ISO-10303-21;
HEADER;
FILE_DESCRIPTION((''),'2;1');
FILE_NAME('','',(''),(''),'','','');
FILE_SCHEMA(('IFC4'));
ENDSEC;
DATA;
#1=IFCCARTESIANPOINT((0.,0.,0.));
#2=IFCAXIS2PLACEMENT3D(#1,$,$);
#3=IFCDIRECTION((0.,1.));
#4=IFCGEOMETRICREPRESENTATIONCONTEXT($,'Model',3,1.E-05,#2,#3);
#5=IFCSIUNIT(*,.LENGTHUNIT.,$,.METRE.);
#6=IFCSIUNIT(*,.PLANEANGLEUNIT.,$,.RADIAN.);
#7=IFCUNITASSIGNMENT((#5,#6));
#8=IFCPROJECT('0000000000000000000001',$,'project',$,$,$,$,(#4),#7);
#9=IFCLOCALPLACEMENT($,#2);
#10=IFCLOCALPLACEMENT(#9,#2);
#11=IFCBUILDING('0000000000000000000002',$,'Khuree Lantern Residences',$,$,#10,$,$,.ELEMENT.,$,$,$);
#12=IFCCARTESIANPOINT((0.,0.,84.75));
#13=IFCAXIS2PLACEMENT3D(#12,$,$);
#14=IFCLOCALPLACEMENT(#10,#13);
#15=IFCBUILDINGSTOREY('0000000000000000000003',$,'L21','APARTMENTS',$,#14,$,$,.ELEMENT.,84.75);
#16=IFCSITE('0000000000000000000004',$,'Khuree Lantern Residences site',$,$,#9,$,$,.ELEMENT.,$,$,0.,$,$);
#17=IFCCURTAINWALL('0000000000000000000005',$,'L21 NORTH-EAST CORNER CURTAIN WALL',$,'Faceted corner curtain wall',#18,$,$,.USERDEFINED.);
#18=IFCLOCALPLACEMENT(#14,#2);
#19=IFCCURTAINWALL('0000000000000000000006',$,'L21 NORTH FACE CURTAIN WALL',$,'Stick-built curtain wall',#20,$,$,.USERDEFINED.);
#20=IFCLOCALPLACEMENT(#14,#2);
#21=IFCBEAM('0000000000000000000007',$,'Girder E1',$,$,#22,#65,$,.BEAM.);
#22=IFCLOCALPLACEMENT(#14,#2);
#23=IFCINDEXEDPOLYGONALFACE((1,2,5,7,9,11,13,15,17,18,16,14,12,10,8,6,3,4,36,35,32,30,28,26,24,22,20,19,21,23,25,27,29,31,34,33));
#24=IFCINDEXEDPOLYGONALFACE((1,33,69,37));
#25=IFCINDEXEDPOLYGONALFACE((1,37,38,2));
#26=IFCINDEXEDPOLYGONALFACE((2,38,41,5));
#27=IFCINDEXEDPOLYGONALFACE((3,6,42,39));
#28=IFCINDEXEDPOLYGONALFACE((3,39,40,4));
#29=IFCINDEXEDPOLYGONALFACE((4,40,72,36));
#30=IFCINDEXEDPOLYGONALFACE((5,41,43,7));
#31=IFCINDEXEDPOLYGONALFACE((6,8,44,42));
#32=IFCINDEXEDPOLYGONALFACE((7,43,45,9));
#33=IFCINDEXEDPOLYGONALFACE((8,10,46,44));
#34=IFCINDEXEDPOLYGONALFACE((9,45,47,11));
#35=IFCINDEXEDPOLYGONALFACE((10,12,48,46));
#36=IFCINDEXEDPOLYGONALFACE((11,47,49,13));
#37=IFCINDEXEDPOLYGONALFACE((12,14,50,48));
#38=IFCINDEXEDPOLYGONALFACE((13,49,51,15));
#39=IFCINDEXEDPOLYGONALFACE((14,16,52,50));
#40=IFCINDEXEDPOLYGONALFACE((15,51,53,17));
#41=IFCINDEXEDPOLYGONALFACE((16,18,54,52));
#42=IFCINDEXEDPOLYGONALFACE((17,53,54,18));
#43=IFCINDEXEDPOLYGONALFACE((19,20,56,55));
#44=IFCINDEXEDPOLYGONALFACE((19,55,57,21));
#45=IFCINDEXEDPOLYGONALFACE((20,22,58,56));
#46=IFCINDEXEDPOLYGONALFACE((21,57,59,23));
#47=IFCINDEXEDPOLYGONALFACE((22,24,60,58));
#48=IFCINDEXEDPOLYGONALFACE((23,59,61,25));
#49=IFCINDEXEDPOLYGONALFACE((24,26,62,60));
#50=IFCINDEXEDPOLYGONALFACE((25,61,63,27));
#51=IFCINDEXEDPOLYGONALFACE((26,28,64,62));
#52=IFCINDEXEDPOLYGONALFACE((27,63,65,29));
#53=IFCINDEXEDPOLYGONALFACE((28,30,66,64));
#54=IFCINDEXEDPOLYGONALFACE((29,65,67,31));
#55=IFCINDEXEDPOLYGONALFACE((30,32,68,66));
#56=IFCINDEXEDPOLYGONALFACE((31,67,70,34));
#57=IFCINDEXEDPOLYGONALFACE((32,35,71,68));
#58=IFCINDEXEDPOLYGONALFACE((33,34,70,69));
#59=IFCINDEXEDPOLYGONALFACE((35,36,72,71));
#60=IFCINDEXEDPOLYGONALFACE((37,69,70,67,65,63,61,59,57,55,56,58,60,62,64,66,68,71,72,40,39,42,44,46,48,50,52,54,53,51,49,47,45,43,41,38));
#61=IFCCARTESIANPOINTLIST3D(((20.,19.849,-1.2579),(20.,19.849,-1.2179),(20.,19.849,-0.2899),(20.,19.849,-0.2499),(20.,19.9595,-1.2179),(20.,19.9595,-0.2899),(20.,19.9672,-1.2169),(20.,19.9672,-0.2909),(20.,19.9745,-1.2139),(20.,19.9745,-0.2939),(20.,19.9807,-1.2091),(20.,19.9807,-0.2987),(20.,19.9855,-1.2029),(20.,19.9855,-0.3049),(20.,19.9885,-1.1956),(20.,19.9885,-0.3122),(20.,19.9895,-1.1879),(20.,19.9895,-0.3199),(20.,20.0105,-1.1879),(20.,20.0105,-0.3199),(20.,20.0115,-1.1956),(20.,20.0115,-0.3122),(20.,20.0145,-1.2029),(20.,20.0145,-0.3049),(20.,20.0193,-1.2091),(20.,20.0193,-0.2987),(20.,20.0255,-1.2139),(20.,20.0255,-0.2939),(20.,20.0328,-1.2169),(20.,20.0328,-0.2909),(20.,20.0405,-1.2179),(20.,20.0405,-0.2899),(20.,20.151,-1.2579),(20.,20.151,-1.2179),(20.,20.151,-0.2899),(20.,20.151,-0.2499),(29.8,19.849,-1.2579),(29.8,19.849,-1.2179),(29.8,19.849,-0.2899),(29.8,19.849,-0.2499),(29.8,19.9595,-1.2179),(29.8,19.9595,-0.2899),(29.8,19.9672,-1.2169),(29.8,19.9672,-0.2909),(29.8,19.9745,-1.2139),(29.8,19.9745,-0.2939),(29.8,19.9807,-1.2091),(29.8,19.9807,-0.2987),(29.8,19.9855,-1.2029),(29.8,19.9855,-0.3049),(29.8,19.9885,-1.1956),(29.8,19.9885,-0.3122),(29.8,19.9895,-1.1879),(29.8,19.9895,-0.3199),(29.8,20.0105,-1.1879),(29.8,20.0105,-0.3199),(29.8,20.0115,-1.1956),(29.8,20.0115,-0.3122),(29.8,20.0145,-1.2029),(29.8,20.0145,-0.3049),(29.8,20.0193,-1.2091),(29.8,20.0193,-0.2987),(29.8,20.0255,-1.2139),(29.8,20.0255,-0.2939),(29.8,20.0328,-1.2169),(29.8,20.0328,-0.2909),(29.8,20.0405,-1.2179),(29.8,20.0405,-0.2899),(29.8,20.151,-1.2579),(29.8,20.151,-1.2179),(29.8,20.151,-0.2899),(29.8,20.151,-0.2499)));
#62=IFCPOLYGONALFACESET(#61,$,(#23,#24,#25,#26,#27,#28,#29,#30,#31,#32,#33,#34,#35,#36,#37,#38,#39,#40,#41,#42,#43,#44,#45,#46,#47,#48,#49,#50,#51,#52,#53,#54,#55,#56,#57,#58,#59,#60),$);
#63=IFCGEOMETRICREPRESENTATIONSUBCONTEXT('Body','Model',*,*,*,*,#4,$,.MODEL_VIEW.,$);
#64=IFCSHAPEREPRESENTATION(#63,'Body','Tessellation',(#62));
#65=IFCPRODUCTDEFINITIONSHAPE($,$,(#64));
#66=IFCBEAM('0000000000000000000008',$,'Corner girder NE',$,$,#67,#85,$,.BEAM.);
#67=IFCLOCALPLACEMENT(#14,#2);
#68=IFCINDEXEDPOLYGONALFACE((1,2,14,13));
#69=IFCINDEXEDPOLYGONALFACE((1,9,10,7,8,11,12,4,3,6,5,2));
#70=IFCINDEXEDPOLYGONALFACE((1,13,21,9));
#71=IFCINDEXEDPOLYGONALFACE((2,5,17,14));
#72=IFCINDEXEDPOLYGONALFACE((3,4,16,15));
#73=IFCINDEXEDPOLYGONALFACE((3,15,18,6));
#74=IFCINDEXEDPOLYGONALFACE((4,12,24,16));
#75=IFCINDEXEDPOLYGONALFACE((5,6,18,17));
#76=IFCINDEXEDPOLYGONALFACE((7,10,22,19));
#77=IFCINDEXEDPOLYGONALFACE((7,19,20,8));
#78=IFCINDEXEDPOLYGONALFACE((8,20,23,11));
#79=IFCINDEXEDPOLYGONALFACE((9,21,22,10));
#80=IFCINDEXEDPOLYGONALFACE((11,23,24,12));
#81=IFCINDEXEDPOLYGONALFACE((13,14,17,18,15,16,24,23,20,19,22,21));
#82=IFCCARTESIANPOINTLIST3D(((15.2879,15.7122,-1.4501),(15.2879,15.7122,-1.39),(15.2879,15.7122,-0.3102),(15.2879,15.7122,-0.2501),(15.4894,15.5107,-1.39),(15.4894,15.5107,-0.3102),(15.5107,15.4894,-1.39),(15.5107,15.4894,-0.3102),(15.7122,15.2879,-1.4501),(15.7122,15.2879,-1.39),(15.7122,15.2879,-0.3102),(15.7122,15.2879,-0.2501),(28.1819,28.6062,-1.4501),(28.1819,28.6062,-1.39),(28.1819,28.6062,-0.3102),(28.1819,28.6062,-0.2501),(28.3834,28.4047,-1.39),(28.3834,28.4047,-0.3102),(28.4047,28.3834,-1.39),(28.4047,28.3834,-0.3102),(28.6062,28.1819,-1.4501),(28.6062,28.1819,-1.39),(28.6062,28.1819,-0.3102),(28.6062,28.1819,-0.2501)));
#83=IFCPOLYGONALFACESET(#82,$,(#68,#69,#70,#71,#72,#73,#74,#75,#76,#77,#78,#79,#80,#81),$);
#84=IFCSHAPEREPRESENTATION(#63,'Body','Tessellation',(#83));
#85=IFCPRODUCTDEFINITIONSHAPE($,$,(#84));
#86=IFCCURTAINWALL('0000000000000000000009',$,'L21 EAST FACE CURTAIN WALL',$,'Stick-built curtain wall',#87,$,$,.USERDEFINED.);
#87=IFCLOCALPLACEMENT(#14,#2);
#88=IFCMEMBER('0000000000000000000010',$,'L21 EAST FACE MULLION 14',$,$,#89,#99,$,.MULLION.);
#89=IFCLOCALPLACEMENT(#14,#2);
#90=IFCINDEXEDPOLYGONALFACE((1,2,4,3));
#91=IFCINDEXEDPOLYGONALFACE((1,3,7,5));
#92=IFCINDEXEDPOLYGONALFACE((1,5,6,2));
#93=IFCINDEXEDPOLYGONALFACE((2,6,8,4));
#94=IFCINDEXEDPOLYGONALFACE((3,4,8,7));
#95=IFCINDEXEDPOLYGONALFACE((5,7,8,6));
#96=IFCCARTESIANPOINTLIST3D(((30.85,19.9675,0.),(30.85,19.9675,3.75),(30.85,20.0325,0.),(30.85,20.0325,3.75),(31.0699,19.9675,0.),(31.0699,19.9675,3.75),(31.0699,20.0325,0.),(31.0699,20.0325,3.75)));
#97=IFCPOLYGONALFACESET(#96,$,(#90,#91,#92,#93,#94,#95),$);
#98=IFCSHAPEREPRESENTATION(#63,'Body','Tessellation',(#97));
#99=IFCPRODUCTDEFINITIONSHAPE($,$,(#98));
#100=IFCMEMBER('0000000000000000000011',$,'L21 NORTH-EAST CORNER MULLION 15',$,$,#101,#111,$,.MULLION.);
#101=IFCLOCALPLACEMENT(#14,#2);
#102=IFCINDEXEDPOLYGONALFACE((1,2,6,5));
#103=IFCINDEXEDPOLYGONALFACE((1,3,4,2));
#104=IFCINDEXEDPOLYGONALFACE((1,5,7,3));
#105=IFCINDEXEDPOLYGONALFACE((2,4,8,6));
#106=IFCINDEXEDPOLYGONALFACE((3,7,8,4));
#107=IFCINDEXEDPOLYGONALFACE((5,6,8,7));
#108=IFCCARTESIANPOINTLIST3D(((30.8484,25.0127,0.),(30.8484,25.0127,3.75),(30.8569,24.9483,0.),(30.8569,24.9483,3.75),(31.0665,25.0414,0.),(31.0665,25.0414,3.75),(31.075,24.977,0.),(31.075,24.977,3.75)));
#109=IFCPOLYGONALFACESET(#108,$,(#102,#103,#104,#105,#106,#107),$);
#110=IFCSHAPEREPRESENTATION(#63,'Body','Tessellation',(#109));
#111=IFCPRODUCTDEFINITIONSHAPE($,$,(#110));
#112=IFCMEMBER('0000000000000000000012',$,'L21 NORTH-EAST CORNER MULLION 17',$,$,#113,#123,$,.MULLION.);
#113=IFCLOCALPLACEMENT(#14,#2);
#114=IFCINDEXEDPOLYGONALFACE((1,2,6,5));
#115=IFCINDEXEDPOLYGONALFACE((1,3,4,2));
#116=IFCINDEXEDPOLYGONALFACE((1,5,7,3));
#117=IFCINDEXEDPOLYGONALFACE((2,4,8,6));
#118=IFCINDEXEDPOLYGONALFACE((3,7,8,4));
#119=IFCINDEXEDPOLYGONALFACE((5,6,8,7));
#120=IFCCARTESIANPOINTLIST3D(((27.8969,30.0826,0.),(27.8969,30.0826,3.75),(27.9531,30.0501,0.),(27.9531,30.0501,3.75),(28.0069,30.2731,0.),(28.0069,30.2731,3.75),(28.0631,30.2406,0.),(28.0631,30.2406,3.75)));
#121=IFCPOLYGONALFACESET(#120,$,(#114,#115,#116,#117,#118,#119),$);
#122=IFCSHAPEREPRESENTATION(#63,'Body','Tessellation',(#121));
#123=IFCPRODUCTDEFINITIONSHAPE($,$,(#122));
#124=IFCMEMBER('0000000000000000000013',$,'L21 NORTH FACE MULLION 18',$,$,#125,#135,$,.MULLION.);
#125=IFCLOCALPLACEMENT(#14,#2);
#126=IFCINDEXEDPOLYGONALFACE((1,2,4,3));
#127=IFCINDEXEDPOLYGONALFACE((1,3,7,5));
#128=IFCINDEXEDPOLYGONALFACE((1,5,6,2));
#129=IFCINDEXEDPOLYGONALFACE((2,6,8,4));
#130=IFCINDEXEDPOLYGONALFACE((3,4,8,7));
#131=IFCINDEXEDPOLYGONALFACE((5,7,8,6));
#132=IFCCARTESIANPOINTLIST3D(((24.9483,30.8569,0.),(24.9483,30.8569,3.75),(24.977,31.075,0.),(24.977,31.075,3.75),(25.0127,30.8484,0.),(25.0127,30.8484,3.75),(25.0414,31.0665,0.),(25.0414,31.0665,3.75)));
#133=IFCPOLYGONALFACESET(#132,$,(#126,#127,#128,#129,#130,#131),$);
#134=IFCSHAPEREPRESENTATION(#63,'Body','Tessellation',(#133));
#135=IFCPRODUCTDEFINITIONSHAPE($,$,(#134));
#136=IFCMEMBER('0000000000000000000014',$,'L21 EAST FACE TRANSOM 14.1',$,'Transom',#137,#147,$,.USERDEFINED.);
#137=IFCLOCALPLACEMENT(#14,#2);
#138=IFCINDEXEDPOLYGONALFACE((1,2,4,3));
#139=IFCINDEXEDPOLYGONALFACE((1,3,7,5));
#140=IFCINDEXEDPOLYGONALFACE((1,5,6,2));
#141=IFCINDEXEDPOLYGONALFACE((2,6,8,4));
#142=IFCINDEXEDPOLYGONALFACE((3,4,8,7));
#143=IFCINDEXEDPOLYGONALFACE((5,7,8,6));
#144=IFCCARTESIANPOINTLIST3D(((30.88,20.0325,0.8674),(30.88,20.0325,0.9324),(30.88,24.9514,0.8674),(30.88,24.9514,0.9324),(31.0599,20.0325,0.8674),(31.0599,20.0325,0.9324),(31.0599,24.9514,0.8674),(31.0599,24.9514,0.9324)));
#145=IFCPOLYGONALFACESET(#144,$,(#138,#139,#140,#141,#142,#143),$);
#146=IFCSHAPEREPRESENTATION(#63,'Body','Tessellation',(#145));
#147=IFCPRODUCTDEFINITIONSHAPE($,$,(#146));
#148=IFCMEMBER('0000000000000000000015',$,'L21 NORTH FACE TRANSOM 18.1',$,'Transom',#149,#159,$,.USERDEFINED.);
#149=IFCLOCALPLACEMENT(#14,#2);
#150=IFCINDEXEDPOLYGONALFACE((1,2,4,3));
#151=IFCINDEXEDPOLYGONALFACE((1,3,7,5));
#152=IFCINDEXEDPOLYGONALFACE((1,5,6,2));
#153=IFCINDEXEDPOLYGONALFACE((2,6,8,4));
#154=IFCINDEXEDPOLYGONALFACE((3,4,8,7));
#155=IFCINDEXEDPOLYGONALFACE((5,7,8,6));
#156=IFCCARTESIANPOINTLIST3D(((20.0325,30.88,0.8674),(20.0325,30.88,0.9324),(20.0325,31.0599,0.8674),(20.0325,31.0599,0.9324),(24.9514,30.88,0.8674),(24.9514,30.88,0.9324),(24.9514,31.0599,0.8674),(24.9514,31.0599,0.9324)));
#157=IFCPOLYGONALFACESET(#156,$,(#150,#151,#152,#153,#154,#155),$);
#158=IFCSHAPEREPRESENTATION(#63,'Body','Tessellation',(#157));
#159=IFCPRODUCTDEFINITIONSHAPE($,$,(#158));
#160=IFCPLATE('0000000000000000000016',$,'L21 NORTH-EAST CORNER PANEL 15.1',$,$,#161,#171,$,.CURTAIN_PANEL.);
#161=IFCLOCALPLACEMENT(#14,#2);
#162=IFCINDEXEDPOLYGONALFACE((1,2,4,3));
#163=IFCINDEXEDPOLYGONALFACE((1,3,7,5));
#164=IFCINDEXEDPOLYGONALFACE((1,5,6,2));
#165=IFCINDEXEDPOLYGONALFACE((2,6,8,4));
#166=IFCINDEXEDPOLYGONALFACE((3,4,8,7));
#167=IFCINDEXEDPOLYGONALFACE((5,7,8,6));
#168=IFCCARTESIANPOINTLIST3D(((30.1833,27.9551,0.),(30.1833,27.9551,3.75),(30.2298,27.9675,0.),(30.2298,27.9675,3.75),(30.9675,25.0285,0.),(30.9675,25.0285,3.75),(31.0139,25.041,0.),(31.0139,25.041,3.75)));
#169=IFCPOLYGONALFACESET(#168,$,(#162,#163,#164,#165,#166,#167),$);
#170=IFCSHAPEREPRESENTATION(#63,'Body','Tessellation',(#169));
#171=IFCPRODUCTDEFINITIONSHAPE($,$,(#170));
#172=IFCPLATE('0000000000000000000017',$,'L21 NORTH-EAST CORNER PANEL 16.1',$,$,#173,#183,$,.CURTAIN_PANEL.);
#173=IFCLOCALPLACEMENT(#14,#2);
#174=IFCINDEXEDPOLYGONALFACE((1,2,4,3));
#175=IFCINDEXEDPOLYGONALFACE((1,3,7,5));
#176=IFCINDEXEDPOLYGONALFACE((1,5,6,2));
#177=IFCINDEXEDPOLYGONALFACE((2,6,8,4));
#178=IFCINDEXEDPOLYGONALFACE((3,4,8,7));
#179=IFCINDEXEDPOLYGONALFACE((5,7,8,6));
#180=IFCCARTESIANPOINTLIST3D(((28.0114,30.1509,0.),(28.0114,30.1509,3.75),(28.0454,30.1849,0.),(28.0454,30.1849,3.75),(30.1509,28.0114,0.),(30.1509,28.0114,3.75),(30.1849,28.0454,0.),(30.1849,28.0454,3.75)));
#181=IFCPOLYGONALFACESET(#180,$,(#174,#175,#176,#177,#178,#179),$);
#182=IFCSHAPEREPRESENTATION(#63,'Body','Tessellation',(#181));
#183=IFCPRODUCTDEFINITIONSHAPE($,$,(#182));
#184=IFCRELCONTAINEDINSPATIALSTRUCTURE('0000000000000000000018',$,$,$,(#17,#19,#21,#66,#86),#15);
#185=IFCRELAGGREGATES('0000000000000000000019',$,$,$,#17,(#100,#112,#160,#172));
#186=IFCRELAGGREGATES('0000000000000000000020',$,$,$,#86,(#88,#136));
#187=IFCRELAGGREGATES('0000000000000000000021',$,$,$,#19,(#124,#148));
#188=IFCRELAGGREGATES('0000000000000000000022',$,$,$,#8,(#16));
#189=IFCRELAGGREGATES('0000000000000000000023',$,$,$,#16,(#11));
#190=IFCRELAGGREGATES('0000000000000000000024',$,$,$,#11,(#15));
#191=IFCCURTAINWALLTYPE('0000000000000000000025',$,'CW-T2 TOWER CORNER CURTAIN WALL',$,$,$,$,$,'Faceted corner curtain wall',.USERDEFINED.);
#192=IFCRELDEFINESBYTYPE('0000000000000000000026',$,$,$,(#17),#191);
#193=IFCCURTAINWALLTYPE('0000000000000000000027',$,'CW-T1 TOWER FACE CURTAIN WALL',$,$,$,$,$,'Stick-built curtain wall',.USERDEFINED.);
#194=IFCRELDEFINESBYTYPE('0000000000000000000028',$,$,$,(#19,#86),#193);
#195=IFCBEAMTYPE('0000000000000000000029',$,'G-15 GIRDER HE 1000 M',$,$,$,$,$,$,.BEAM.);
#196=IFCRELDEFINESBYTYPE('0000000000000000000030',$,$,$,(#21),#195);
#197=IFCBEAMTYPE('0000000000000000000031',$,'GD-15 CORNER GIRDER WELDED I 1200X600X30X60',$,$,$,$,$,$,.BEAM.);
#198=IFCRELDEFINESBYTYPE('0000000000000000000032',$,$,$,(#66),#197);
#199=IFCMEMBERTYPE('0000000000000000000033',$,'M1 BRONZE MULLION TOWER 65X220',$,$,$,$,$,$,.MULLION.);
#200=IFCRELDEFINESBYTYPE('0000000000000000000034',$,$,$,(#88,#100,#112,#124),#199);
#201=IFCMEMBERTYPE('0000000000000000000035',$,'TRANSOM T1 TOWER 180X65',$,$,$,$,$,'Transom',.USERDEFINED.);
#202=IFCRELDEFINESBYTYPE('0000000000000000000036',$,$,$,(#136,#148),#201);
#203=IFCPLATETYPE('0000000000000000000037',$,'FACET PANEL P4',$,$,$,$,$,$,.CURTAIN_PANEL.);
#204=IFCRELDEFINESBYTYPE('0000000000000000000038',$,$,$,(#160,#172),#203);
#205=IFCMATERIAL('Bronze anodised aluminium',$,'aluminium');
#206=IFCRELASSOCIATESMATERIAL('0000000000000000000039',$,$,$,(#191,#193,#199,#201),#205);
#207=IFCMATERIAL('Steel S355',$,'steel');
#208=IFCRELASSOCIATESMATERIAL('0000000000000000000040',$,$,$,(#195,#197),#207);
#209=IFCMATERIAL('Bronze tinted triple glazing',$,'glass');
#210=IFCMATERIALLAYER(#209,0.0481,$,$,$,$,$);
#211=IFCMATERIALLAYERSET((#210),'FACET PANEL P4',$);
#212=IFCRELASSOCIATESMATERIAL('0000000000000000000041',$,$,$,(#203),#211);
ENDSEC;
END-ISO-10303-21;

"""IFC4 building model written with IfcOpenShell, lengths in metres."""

from ifc_helpers import new_model, si_unit, direction, frame, origin, origin_2d, place, context, subcontext, project, spatial, rectangle, i_section, extrude, material, layer, layer_set, material_profile, profile_set, type_object, element, aggregate, save


model = new_model("IFC4")

# Units and contexts
model_context = context("Model", 3, precision=1e-05, world=origin(), true_north=direction((0.0, 1.0)))
body_context = subcontext(model_context, "Body", "Model", "MODEL_VIEW")
ifc_project = project(units=[si_unit("LENGTHUNIT", "METRE"), si_unit("PLANEANGLEUNIT", "RADIAN")], contexts=[model_context])

# Site, building, storey
site_placement = place(None, origin())
site = spatial("IfcSite", under=ifc_project, at=site_placement, Name="Khuree Lantern Residences site", CompositionType="ELEMENT", RefElevation=0.0)
building_placement = place(site_placement, origin())
building = spatial("IfcBuilding", under=site, at=building_placement, Name="Khuree Lantern Residences", CompositionType="ELEMENT")
storey_placement = place(building_placement, frame((0.0, 0.0, 84.75)))
storey = spatial("IfcBuildingStorey", under=building, at=storey_placement, Name="L21", Description="APARTMENTS", CompositionType="ELEMENT", Elevation=84.75)

# Shared definitions
ifc_material_1 = material(Name="Steel S355", Category="steel")

# Curtain walls
ifc_material_2 = material(Name="Bronze anodised aluminium", Category="aluminium")
curtain_wall_type_1 = type_object("IfcCurtainWallType", Name="CW-T2 TOWER CORNER CURTAIN WALL", ElementType="Faceted corner curtain wall", PredefinedType="USERDEFINED", material=ifc_material_2)
curtain_wall_1_placement = place(storey_placement, origin())
curtain_wall_1 = element("IfcCurtainWall", 1, at=curtain_wall_1_placement, inside=storey, type_object=curtain_wall_type_1, Name="L21 NORTH-EAST CORNER CURTAIN WALL", ObjectType="Faceted corner curtain wall", PredefinedType="USERDEFINED")
curtain_wall_type_2 = type_object("IfcCurtainWallType", Name="CW-T1 TOWER FACE CURTAIN WALL", ElementType="Stick-built curtain wall", PredefinedType="USERDEFINED", material=ifc_material_2)
curtain_wall_2_placement = place(storey_placement, origin())
curtain_wall_2 = element("IfcCurtainWall", 2, at=curtain_wall_2_placement, inside=storey, type_object=curtain_wall_type_2, Name="L21 NORTH FACE CURTAIN WALL", ObjectType="Stick-built curtain wall", PredefinedType="USERDEFINED")

# Beams
ifc_material_profile_1 = material_profile(ifc_material_1, i_section(OverallWidth=0.302, OverallDepth=1.0081, WebThickness=0.021, FlangeThickness=0.04, FilletRadius=0.03, at=origin_2d()), Name="HE 1000 M")
ifc_profile_set_1 = profile_set([ifc_material_profile_1], Name="Steel S355")
beam_type_1 = type_object("IfcBeamType", Name="G-15 GIRDER HE 1000 M", PredefinedType="BEAM", material=ifc_profile_set_1)
for number, where, z_axis, x_axis, name in (
    (3, (29.8, 20.0, -0.7539), (-1.0, 0.0, 0.0), (0.0, -1.0, 0.0), "Girder E1"),
):
    element("IfcBeam", number, at=place(storey_placement, frame(where, z_axis=z_axis, x_axis=x_axis)), inside=storey, type_object=beam_type_1, Name=name, PredefinedType="BEAM", context=body_context, shape_type="SweptSolid", body=[
        extrude(i_section(OverallWidth=0.302, OverallDepth=1.0081, WebThickness=0.021, FlangeThickness=0.04, FilletRadius=0.03, at=origin_2d()), origin(), (0.0, 0.0, 1.0), 9.8),
    ])
ifc_material_profile_2 = material_profile(ifc_material_1, i_section(OverallWidth=0.6001, OverallDepth=1.2, WebThickness=0.03, FlangeThickness=0.0601, at=origin_2d()), Name="WELDED I 1200X600X30X60")
ifc_profile_set_2 = profile_set([ifc_material_profile_2], Name="Steel S355")
beam_type_2 = type_object("IfcBeamType", Name="GD-15 CORNER GIRDER WELDED I 1200X600X30X60", PredefinedType="BEAM", material=ifc_profile_set_2)
beam_1_placement = place(storey_placement, frame((28.394, 28.394, -0.8501), z_axis=(-0.707107, -0.707107, 0.0), x_axis=(0.707107, -0.707107, 0.0)))
element("IfcBeam", 4, at=beam_1_placement, inside=storey, type_object=beam_type_2, Name="Corner girder NE", PredefinedType="BEAM", context=body_context, shape_type="SweptSolid", body=[
    extrude(i_section(OverallWidth=0.6001, OverallDepth=1.2, WebThickness=0.03, FlangeThickness=0.0601, at=origin_2d()), origin(), (0.0, 0.0, 1.0), 18.2349),
])

# Curtain wall, member
curtain_wall_3_placement = place(storey_placement, origin())
curtain_wall_3 = element("IfcCurtainWall", 5, at=curtain_wall_3_placement, inside=storey, type_object=curtain_wall_type_2, Name="L21 EAST FACE CURTAIN WALL", ObjectType="Stick-built curtain wall", PredefinedType="USERDEFINED")
ifc_material_profile_3 = material_profile(ifc_material_2, rectangle(XDim=0.0649, YDim=0.22, at=origin_2d()), Name="M1 65X220")
ifc_profile_set_3 = profile_set([ifc_material_profile_3], Name="Bronze anodised aluminium")
member_type_1 = type_object("IfcMemberType", Name="M1 BRONZE MULLION TOWER 65X220", PredefinedType="MULLION", material=ifc_profile_set_3)
member_1_placement = place(storey_placement, frame((30.96, 20.0, 0.0), z_axis=(0.0, 0.0, 1.0), x_axis=(0.0, 1.0, 0.0)))
member_1 = element("IfcMember", 6, at=member_1_placement, type_object=member_type_1, Name="L21 EAST FACE MULLION 14", PredefinedType="MULLION", context=body_context, shape_type="SweptSolid", body=[
    extrude(rectangle(XDim=0.0649, YDim=0.22, at=origin_2d()), origin(), (0.0, 0.0, 1.0), 3.75),
])

# Members
member_2_placement = place(storey_placement, frame((30.9617, 24.9949, 0.0), z_axis=(0.0, 0.0, 1.0), x_axis=(-0.130526, 0.991445, 0.0)))
member_2 = element("IfcMember", 7, at=member_2_placement, type_object=member_type_1, Name="L21 NORTH-EAST CORNER MULLION 15", PredefinedType="MULLION", context=body_context, shape_type="SweptSolid", body=[
    extrude(rectangle(XDim=0.0649, YDim=0.22, at=origin_2d()), origin(), (0.0, 0.0, 1.0), 3.75),
])
member_3_placement = place(storey_placement, frame((27.98, 30.1616, 0.0), z_axis=(0.0, 0.0, 1.0), x_axis=(-0.866025, 0.5, 0.0)))
member_3 = element("IfcMember", 8, at=member_3_placement, type_object=member_type_1, Name="L21 NORTH-EAST CORNER MULLION 17", PredefinedType="MULLION", context=body_context, shape_type="SweptSolid", body=[
    extrude(rectangle(XDim=0.0649, YDim=0.22, at=origin_2d()), origin(), (0.0, 0.0, 1.0), 3.75),
])
member_4_placement = place(storey_placement, frame((24.9949, 30.9617, 0.0), z_axis=(0.0, 0.0, 1.0), x_axis=(-0.991445, 0.130526, 0.0)))
member_4 = element("IfcMember", 9, at=member_4_placement, type_object=member_type_1, Name="L21 NORTH FACE MULLION 18", PredefinedType="MULLION", context=body_context, shape_type="SweptSolid", body=[
    extrude(rectangle(XDim=0.0649, YDim=0.22, at=origin_2d()), origin(), (0.0, 0.0, 1.0), 3.75),
])
ifc_material_profile_4 = material_profile(ifc_material_2, rectangle(XDim=0.1799, YDim=0.0649, at=origin_2d()), Name="T1 180X65")
ifc_profile_set_4 = profile_set([ifc_material_profile_4], Name="Bronze anodised aluminium")
member_type_2 = type_object("IfcMemberType", Name="TRANSOM T1 TOWER 180X65", ElementType="Transom", PredefinedType="USERDEFINED", material=ifc_profile_set_4)
member_5_placement = place(storey_placement, frame((30.97, 20.0325, 0.8999), z_axis=(0.0, 1.0, 0.0), x_axis=(-1.0, 0.0, 0.0)))
member_5 = element("IfcMember", 10, at=member_5_placement, type_object=member_type_2, Name="L21 EAST FACE TRANSOM 14.1", ObjectType="Transom", PredefinedType="USERDEFINED", context=body_context, shape_type="SweptSolid", body=[
    extrude(rectangle(XDim=0.1799, YDim=0.0649, at=origin_2d()), origin(), (0.0, 0.0, 1.0), 4.9189),
])
member_6_placement = place(storey_placement, frame((24.9514, 30.97, 0.8999), z_axis=(-1.0, 0.0, 0.0), x_axis=(0.0, -1.0, 0.0)))
member_6 = element("IfcMember", 11, at=member_6_placement, type_object=member_type_2, Name="L21 NORTH FACE TRANSOM 18.1", ObjectType="Transom", PredefinedType="USERDEFINED", context=body_context, shape_type="SweptSolid", body=[
    extrude(rectangle(XDim=0.1799, YDim=0.0649, at=origin_2d()), origin(), (0.0, 0.0, 1.0), 4.9189),
])

# Plates
ifc_material_3 = material(Name="Bronze tinted triple glazing", Category="glass")
ifc_layer_1 = layer(ifc_material_3, 0.0481)
ifc_layer_set_1 = layer_set([ifc_layer_1], Name="FACET PANEL P4")
plate_type_1 = type_object("IfcPlateType", Name="FACET PANEL P4", PredefinedType="CURTAIN_PANEL", material=ifc_layer_set_1)
plate_1_placement = place(storey_placement, frame((30.5986, 26.498, 0.0), z_axis=(0.0, 0.0, 1.0), x_axis=(-0.258819, 0.965926, 0.0)))
plate_1 = element("IfcPlate", 12, at=plate_1_placement, type_object=plate_type_1, Name="L21 NORTH-EAST CORNER PANEL 15.1", PredefinedType="CURTAIN_PANEL", context=body_context, shape_type="SweptSolid", body=[
    extrude(rectangle(XDim=3.0298, YDim=0.0481, at=origin_2d()), origin(), (0.0, 0.0, 1.0), 3.75),
])
plate_2_placement = place(storey_placement, frame((29.0981, 29.0981, 0.0), z_axis=(0.0, 0.0, 1.0), x_axis=(-0.707107, 0.707107, 0.0)))
plate_2 = element("IfcPlate", 13, at=plate_2_placement, type_object=plate_type_1, Name="L21 NORTH-EAST CORNER PANEL 16.1", PredefinedType="CURTAIN_PANEL", context=body_context, shape_type="SweptSolid", body=[
    extrude(rectangle(XDim=3.0256, YDim=0.0481, at=origin_2d()), origin(), (0.0, 0.0, 1.0), 3.75),
])
aggregate(curtain_wall_1, [member_2, member_3, plate_1, plate_2])
aggregate(curtain_wall_3, [member_1, member_5])
aggregate(curtain_wall_2, [member_4, member_6])

save(model, "model.ifc")
